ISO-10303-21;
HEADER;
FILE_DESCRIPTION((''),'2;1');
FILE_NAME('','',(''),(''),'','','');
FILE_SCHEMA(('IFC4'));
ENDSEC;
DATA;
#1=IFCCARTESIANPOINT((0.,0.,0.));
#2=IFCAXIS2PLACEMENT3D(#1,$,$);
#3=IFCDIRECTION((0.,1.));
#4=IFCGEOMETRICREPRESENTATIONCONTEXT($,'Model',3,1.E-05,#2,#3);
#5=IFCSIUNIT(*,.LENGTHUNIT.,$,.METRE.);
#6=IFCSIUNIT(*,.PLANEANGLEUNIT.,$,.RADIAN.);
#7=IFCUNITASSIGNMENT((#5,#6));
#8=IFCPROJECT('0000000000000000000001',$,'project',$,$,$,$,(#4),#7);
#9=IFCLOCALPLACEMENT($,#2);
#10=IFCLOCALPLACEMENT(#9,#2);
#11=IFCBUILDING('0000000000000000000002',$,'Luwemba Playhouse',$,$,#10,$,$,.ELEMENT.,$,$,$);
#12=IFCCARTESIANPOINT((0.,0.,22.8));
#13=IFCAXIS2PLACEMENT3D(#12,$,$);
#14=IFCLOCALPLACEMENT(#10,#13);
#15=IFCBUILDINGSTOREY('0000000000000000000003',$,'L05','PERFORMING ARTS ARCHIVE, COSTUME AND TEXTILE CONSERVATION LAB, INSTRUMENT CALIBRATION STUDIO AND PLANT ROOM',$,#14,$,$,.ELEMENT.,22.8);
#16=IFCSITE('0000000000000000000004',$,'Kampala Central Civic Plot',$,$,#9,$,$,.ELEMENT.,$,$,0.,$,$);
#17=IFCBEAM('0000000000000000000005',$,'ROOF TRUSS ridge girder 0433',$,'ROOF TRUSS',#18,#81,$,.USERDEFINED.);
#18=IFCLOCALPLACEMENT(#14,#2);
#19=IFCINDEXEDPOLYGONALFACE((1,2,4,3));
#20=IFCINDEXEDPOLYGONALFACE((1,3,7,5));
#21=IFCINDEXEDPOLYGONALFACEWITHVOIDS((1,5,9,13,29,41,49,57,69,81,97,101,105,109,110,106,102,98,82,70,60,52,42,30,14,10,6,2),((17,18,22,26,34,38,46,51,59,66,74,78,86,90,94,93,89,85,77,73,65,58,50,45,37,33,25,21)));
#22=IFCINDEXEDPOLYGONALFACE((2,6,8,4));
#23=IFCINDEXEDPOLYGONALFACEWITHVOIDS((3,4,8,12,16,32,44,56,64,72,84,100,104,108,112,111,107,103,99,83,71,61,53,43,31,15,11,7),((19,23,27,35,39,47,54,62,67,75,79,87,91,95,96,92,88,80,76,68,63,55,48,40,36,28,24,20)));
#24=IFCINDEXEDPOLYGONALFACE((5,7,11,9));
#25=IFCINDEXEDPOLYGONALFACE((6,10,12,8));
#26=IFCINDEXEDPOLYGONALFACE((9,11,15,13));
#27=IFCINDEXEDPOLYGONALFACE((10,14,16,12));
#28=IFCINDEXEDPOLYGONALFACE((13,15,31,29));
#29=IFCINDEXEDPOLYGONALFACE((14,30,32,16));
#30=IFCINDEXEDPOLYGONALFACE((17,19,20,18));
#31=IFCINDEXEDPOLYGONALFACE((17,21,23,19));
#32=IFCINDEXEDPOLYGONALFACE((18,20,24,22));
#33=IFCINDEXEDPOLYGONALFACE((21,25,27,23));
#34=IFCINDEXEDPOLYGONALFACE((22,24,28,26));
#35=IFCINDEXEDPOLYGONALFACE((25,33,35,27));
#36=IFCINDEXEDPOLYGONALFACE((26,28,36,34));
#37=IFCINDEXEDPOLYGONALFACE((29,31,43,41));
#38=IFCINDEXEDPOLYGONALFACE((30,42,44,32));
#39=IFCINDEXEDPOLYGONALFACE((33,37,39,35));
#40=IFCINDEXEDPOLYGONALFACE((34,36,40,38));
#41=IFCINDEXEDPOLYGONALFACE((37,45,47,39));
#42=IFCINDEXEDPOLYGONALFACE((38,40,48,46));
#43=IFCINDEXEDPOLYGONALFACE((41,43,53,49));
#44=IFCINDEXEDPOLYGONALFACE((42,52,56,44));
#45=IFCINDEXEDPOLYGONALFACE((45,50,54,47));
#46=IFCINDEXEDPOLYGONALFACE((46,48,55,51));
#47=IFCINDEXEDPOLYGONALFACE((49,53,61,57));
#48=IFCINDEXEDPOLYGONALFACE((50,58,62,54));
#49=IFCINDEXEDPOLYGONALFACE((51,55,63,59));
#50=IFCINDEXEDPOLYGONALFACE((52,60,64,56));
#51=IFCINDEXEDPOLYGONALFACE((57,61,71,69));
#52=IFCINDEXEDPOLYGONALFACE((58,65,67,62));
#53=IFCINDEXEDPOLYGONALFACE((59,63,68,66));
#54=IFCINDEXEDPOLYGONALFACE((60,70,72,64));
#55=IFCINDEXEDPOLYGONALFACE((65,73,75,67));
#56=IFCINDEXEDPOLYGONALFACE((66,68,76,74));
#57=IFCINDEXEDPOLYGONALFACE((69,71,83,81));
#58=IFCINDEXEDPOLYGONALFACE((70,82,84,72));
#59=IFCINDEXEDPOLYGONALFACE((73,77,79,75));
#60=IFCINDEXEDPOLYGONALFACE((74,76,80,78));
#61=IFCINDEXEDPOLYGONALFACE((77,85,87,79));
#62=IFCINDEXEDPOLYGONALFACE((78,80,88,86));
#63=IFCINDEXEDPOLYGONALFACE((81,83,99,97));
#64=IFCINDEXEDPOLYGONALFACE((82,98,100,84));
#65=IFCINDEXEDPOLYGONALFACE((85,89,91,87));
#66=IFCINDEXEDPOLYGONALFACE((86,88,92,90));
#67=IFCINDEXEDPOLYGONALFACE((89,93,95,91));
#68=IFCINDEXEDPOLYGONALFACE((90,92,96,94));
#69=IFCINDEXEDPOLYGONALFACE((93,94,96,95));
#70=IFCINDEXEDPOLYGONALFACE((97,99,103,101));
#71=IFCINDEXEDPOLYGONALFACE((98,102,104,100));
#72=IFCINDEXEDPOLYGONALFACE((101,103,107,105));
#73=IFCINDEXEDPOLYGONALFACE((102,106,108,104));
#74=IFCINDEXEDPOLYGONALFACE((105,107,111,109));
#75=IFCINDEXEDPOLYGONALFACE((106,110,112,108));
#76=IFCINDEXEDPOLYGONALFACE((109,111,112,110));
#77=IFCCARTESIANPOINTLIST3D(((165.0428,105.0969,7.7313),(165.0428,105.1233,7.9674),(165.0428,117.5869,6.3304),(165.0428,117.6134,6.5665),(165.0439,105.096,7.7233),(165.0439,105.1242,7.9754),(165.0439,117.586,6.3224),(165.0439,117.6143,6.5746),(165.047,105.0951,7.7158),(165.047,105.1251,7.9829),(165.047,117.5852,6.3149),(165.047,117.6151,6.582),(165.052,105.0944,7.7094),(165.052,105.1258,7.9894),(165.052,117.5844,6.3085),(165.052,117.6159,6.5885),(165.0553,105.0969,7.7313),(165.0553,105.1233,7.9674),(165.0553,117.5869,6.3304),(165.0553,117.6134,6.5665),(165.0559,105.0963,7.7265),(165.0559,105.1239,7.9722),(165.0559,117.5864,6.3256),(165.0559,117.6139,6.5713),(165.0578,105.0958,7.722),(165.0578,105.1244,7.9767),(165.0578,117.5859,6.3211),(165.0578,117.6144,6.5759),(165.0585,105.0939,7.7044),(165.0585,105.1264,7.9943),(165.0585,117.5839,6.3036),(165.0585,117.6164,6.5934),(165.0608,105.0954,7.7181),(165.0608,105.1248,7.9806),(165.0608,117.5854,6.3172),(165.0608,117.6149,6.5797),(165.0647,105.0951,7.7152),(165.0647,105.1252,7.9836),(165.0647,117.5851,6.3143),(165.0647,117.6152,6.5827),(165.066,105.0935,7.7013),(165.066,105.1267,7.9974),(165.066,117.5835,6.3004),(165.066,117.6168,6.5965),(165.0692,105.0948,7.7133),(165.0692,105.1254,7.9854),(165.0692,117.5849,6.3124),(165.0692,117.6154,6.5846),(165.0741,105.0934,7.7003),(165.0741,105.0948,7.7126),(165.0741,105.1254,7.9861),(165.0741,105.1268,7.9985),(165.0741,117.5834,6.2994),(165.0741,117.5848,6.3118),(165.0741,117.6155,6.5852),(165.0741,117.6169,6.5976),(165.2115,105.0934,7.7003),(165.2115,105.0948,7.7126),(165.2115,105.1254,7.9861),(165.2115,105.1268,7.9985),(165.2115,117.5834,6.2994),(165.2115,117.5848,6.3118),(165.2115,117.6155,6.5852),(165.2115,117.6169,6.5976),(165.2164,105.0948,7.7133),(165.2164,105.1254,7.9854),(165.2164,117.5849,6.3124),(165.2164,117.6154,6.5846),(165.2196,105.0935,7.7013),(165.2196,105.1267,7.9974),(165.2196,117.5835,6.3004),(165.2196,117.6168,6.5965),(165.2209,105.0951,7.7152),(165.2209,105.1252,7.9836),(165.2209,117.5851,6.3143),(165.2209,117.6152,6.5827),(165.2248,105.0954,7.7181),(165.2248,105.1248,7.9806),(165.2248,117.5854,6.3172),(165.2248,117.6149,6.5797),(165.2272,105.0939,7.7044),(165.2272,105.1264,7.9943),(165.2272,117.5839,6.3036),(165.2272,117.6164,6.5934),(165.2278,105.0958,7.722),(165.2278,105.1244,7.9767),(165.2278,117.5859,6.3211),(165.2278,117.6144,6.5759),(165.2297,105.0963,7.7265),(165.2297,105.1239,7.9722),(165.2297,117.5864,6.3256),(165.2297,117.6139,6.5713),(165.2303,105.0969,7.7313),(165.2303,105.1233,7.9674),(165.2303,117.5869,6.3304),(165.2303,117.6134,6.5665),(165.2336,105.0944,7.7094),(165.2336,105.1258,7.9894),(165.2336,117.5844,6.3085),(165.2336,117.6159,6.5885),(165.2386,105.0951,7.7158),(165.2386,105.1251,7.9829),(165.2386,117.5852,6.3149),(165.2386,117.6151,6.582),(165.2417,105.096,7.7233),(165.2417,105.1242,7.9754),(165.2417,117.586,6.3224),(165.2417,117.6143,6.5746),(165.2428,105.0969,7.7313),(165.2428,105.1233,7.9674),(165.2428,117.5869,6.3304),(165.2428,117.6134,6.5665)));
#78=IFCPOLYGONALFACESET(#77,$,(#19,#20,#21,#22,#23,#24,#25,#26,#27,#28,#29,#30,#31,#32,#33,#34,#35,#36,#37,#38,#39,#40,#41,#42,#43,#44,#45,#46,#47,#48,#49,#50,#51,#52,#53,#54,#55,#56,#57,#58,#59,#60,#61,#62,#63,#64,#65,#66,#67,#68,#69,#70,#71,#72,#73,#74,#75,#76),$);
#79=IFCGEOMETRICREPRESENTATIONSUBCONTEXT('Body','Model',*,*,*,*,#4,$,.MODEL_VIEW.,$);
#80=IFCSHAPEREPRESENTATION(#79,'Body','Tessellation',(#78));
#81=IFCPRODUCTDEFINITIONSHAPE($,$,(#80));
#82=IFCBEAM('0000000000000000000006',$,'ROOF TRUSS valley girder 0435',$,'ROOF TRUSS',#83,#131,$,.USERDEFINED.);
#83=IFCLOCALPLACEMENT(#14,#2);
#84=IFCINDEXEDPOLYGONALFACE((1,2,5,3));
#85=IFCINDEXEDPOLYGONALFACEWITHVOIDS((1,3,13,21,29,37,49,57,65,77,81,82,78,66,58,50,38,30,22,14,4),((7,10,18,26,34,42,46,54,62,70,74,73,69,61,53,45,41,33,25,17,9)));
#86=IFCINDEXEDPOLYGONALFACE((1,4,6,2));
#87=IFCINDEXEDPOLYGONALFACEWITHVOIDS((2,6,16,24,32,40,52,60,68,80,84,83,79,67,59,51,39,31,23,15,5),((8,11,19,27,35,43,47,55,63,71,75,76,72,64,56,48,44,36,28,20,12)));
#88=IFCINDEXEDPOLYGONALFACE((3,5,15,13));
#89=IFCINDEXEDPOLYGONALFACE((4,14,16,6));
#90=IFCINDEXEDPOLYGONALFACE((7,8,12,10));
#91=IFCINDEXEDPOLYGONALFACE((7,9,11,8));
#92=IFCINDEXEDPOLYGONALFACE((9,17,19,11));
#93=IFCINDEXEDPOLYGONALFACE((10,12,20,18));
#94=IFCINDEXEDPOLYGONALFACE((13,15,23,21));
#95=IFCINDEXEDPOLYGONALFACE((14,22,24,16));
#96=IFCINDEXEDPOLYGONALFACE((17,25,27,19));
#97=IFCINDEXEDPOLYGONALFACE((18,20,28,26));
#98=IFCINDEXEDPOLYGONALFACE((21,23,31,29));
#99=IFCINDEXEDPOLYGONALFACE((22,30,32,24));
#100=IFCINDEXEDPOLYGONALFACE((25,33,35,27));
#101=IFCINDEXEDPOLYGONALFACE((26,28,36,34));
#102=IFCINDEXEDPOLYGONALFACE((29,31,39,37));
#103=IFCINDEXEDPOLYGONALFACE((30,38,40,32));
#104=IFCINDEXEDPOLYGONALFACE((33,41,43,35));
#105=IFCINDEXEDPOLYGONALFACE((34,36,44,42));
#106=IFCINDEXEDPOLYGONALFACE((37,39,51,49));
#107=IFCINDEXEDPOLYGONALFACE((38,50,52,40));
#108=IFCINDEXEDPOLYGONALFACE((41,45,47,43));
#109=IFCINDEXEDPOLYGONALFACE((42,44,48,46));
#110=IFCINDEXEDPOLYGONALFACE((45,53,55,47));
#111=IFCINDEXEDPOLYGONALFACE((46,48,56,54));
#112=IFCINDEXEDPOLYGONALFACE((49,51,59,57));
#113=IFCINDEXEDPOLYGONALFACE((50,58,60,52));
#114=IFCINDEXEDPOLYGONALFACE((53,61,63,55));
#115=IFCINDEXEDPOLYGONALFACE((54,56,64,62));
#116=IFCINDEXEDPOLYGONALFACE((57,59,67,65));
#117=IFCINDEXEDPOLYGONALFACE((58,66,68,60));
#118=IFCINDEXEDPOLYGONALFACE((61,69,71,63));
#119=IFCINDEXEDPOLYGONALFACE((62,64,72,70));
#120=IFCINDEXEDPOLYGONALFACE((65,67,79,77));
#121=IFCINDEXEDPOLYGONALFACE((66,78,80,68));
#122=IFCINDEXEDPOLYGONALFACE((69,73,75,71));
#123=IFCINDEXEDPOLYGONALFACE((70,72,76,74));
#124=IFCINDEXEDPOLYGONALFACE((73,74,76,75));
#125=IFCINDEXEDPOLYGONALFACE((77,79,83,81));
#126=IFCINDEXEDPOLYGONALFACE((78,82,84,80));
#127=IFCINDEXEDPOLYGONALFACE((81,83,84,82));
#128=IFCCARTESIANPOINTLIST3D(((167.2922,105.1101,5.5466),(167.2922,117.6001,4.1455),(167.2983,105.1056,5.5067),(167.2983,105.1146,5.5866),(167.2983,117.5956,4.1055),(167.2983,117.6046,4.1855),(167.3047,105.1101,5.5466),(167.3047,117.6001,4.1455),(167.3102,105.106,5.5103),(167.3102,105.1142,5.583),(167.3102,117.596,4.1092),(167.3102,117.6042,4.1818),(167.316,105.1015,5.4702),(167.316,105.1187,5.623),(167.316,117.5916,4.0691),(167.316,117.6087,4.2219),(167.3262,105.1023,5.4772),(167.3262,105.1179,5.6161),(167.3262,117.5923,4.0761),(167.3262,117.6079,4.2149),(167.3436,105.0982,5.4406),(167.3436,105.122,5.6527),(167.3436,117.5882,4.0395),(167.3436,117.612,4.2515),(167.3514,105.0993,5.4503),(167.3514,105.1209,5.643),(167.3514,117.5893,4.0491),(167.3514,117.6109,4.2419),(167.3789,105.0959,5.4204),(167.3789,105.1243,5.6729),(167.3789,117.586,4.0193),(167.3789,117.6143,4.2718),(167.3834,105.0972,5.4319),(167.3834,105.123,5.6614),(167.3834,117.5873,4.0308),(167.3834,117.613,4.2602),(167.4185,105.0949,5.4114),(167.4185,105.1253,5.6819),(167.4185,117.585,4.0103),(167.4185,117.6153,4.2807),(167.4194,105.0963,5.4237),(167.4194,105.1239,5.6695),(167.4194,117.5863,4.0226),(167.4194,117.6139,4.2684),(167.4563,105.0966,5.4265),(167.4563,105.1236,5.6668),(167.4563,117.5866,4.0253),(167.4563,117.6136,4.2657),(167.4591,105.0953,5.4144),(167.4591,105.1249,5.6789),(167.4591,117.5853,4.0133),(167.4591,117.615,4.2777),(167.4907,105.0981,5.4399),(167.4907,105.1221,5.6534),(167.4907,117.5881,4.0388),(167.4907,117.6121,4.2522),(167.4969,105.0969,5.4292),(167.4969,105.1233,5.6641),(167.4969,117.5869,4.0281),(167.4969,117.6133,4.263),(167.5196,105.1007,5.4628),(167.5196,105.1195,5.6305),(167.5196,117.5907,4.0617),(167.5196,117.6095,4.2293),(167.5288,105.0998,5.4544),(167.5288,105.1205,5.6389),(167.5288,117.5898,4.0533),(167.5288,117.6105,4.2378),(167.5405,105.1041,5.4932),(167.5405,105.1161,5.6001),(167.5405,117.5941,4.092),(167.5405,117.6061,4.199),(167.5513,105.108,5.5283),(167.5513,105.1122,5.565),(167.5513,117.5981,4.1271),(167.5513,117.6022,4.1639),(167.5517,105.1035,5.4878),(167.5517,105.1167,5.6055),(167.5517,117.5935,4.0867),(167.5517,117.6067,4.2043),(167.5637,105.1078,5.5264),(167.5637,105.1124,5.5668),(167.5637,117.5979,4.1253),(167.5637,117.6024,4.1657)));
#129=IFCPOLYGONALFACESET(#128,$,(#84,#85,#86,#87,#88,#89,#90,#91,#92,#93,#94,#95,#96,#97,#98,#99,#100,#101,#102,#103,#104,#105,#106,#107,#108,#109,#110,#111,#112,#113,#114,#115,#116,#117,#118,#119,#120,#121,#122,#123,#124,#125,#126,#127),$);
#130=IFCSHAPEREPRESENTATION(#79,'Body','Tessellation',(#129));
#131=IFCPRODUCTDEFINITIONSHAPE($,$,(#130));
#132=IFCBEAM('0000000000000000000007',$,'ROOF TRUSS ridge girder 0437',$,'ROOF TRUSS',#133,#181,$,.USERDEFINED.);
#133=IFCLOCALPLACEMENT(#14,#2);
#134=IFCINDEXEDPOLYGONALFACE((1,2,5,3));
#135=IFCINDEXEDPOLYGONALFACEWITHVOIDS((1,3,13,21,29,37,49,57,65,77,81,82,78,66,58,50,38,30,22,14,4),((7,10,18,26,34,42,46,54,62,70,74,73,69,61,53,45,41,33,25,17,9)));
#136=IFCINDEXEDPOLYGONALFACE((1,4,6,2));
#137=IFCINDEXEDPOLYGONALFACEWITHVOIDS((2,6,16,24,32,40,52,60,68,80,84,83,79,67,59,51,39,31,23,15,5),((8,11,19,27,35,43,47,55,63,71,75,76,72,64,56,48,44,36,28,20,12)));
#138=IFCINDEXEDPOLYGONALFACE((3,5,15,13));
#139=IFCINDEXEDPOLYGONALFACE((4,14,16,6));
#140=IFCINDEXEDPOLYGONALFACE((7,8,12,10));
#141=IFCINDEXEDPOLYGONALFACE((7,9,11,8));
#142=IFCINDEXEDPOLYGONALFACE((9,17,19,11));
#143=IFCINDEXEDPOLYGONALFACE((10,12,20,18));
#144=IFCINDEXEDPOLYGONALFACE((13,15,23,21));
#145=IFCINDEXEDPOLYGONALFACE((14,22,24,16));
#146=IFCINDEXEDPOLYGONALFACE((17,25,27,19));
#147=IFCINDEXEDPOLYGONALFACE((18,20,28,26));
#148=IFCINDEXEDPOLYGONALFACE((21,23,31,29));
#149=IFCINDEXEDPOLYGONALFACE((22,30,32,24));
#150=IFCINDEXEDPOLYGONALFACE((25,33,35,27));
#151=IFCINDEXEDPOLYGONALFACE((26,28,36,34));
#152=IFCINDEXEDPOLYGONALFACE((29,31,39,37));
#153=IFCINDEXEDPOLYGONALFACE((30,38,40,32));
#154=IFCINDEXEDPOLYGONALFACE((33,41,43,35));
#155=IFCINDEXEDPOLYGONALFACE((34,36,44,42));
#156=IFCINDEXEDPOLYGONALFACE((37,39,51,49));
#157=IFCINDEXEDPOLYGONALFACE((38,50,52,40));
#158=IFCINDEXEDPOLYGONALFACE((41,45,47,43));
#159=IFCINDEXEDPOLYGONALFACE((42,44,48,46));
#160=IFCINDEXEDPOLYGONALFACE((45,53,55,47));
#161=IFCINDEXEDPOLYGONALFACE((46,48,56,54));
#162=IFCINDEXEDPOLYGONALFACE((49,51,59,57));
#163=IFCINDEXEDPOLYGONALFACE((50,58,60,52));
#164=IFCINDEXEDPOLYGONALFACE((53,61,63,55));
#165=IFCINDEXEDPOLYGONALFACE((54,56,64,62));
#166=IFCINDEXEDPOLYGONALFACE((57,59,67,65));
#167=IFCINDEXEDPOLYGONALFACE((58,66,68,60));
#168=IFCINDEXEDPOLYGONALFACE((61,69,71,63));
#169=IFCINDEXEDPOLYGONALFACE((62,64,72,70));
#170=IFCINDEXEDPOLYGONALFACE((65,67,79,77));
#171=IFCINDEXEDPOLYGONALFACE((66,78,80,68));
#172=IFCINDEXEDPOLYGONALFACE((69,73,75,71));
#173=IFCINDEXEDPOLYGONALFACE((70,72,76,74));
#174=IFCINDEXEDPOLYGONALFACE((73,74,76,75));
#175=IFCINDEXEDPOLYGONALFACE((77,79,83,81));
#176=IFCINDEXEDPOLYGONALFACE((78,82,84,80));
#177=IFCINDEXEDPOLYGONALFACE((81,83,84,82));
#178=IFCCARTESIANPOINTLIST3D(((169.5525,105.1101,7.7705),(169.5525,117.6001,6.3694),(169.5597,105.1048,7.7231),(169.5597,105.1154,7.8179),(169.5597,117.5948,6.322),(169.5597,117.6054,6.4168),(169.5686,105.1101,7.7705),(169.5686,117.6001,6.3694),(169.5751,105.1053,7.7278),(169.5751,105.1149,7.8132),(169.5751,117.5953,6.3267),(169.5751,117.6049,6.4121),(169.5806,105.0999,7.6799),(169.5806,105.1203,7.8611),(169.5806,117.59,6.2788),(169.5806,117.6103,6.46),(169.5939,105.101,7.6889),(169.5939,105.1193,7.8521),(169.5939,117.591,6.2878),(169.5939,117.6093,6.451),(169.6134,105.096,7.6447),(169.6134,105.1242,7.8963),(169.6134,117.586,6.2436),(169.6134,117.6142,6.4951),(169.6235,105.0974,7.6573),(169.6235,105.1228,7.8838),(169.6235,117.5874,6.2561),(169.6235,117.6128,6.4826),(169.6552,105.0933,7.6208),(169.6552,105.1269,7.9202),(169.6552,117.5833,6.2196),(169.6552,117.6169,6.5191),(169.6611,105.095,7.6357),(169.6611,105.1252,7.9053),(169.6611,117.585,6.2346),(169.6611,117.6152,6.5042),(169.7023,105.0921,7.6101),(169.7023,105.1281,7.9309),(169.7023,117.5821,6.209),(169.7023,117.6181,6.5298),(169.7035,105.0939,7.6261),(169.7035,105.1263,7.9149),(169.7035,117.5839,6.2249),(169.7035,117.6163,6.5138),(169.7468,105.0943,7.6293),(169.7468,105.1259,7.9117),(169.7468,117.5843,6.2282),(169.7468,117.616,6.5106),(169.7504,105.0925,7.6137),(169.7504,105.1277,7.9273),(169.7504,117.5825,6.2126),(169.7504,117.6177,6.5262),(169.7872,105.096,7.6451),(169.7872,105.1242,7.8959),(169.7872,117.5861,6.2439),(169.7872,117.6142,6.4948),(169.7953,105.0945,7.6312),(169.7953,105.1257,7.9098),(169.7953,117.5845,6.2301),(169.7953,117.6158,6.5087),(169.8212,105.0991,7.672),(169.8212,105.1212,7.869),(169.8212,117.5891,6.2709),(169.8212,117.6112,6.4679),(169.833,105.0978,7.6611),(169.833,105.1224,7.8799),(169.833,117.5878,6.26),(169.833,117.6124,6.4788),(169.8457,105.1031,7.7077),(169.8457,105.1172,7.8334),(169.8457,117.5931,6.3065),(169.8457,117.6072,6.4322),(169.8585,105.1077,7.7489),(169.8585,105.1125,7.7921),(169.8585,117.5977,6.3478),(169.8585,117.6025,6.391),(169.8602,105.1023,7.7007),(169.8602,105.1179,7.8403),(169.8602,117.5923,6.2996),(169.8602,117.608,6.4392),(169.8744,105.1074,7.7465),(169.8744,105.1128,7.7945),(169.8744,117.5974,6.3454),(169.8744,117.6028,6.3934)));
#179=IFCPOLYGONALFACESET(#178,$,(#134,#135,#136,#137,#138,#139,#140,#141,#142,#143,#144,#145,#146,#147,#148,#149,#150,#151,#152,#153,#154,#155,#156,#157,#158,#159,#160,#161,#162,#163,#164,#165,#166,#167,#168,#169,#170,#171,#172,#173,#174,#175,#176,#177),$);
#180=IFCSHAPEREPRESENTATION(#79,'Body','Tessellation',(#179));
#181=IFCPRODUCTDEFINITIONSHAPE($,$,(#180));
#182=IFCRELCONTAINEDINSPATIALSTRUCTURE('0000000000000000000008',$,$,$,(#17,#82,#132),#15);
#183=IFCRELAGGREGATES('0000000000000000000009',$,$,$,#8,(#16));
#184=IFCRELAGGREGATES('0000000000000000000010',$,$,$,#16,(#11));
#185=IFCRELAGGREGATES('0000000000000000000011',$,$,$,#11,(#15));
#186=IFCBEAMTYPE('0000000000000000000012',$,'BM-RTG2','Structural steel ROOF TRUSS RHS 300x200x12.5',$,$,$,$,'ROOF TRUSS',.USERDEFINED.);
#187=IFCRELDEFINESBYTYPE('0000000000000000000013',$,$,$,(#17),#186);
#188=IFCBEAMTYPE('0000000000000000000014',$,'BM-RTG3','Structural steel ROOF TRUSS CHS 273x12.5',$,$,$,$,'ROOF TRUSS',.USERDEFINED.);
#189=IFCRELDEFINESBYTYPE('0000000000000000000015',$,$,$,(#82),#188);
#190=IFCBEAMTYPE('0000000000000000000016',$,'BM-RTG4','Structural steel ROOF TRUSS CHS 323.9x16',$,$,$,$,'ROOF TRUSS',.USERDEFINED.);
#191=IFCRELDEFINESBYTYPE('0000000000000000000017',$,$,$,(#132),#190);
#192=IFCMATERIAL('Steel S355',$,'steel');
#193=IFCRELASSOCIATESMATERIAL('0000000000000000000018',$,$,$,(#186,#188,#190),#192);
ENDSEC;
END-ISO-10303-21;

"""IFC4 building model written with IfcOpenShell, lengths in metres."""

from ifc_helpers import new_model, si_unit, direction, frame, origin, origin_2d, place, context, subcontext, project, spatial, hollow_rectangle, hollow_circle, extrude, material, material_profile, profile_set, type_object, element, save


model = new_model("IFC4")

# Units and contexts
model_context = context("Model", 3, precision=1e-05, world=origin(), true_north=direction((0.0, 1.0)))
body_context = subcontext(model_context, "Body", "Model", "MODEL_VIEW")
ifc_project = project(units=[si_unit("LENGTHUNIT", "METRE"), si_unit("PLANEANGLEUNIT", "RADIAN")], contexts=[model_context])

# Site, building, storey
site_placement = place(None, origin())
site = spatial("IfcSite", under=ifc_project, at=site_placement, Name="Kampala Central Civic Plot", CompositionType="ELEMENT", RefElevation=0.0)
building_placement = place(site_placement, origin())
building = spatial("IfcBuilding", under=site, at=building_placement, Name="Luwemba Playhouse", CompositionType="ELEMENT")
storey_placement = place(building_placement, frame((0.0, 0.0, 22.8)))
storey = spatial("IfcBuildingStorey", under=building, at=storey_placement, Name="L05", Description="PERFORMING ARTS ARCHIVE, COSTUME AND TEXTILE CONSERVATION LAB, INSTRUMENT CALIBRATION STUDIO AND PLANT ROOM", CompositionType="ELEMENT", Elevation=22.8)

# Shared definitions
ifc_material_1 = material(Name="Steel S355", Category="steel")

# Beams
ifc_material_profile_1 = material_profile(ifc_material_1, hollow_rectangle(XDim=0.2, YDim=0.3, WallThickness=0.0125, InnerFilletRadius=0.0188, OuterFilletRadius=0.0312, at=origin_2d()))
ifc_profile_set_1 = profile_set([ifc_material_profile_1], Name="Steel S355")
beam_type_1 = type_object("IfcBeamType", Name="BM-RTG2", Description="Structural steel ROOF TRUSS RHS 300x200x12.5", ElementType="ROOF TRUSS", PredefinedType="USERDEFINED", material=ifc_profile_set_1)
beam_1_placement = place(storey_placement, frame((165.1428, 105.1101, 7.8494), z_axis=(0.0, 0.993769, -0.111461), x_axis=(-1.0, 0.0, 0.0)))
element("IfcBeam", 1, at=beam_1_placement, inside=storey, type_object=beam_type_1, Name="ROOF TRUSS ridge girder 0433", ObjectType="ROOF TRUSS", PredefinedType="USERDEFINED", context=body_context, shape_type="SweptSolid", body=[
    extrude(hollow_rectangle(XDim=0.2, YDim=0.3, WallThickness=0.0125, InnerFilletRadius=0.0188, OuterFilletRadius=0.0312, at=origin_2d()), origin(), (0.0, 0.0, 1.0), 12.5684),
])
ifc_material_profile_2 = material_profile(ifc_material_1, hollow_circle(Radius=0.1365, WallThickness=0.0125, at=origin_2d()))
ifc_profile_set_2 = profile_set([ifc_material_profile_2], Name="Steel S355")
beam_type_2 = type_object("IfcBeamType", Name="BM-RTG3", Description="Structural steel ROOF TRUSS CHS 273x12.5", ElementType="ROOF TRUSS", PredefinedType="USERDEFINED", material=ifc_profile_set_2)
beam_2_placement = place(storey_placement, frame((167.4287, 105.1101, 5.5466), z_axis=(0.0, 0.993767, -0.11148), x_axis=(-1.0, 0.0, 0.0)))
element("IfcBeam", 2, at=beam_2_placement, inside=storey, type_object=beam_type_2, Name="ROOF TRUSS valley girder 0435", ObjectType="ROOF TRUSS", PredefinedType="USERDEFINED", context=body_context, shape_type="SweptSolid", body=[
    extrude(hollow_circle(Radius=0.1365, WallThickness=0.0125, at=origin_2d()), origin(), (0.0, 0.0, 1.0), 12.5684),
])
ifc_material_profile_3 = material_profile(ifc_material_1, hollow_circle(Radius=0.1619, WallThickness=0.0161, at=origin_2d()))
ifc_profile_set_3 = profile_set([ifc_material_profile_3], Name="Steel S355")
beam_type_3 = type_object("IfcBeamType", Name="BM-RTG4", Description="Structural steel ROOF TRUSS CHS 323.9x16", ElementType="ROOF TRUSS", PredefinedType="USERDEFINED", material=ifc_profile_set_3)
beam_3_placement = place(storey_placement, frame((169.7144, 105.1101, 7.7705), z_axis=(0.0, 0.993767, -0.11148), x_axis=(-1.0, 0.0, 0.0)))
element("IfcBeam", 3, at=beam_3_placement, inside=storey, type_object=beam_type_3, Name="ROOF TRUSS ridge girder 0437", ObjectType="ROOF TRUSS", PredefinedType="USERDEFINED", context=body_context, shape_type="SweptSolid", body=[
    extrude(hollow_circle(Radius=0.1619, WallThickness=0.0161, at=origin_2d()), origin(), (0.0, 0.0, 1.0), 12.5684),
])

save(model, "model.ifc")
